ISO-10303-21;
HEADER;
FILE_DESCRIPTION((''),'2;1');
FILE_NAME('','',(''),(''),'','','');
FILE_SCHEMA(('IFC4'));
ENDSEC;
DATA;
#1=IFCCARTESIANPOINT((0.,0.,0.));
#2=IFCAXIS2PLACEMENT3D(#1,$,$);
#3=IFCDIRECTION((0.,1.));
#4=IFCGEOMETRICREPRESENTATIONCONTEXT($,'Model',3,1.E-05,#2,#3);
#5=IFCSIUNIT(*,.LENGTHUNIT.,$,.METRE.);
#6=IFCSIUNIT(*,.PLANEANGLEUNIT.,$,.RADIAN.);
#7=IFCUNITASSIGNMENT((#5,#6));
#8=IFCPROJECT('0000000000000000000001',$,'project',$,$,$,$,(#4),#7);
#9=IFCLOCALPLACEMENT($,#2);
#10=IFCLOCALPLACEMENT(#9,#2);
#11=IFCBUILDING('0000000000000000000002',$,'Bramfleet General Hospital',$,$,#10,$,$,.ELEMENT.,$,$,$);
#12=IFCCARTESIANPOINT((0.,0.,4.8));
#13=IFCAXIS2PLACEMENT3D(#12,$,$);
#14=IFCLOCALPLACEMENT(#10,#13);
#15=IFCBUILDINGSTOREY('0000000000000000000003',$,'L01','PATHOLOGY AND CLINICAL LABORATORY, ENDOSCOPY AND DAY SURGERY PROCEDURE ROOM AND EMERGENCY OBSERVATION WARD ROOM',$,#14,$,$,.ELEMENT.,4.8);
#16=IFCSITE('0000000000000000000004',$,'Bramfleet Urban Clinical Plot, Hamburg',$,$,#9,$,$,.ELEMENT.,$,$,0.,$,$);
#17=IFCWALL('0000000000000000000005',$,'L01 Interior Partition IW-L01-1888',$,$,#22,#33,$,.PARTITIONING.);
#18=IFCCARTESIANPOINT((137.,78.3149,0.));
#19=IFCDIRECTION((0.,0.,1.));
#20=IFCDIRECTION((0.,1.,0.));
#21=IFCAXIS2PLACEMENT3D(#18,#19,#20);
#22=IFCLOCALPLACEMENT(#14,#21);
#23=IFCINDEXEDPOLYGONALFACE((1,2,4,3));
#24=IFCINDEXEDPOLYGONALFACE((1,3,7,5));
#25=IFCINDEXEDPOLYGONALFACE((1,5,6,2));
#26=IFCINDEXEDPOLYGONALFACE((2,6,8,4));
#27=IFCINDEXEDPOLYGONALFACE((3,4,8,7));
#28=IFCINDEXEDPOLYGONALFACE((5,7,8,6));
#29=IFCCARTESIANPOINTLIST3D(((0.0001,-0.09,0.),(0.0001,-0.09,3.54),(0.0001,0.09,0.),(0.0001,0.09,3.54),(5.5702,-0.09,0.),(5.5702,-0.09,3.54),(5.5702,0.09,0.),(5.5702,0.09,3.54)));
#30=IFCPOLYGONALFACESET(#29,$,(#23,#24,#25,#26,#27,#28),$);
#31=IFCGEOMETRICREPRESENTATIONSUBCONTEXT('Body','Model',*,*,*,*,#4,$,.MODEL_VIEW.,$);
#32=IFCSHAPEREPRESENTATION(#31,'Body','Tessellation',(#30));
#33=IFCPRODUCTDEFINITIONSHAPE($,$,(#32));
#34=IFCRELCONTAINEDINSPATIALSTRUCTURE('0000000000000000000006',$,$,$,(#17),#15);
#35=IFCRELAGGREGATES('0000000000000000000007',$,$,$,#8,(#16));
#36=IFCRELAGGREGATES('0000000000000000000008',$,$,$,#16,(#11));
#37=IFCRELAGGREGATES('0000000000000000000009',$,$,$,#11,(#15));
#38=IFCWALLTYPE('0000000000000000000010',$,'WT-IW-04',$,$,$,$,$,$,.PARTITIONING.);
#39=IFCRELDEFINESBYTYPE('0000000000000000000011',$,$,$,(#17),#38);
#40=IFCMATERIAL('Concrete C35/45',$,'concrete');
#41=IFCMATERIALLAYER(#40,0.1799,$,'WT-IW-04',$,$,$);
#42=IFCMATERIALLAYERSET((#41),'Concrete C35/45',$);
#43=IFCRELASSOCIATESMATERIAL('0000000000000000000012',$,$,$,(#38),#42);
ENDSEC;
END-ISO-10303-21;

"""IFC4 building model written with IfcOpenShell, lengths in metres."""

from ifc_helpers import new_model, si_unit, direction, frame, frame_2d, origin, place, context, subcontext, project, spatial, rectangle, extrude, material, layer, layer_set, type_object, element, save


model = new_model("IFC4")

# Units and contexts
model_context = context("Model", 3, precision=1e-05, world=origin(), true_north=direction((0.0, 1.0)))
body_context = subcontext(model_context, "Body", "Model", "MODEL_VIEW")
ifc_project = project(units=[si_unit("LENGTHUNIT", "METRE"), si_unit("PLANEANGLEUNIT", "RADIAN")], contexts=[model_context])

# Site, building, storey
site_placement = place(None, origin())
site = spatial("IfcSite", under=ifc_project, at=site_placement, Name="Bramfleet Urban Clinical Plot, Hamburg", CompositionType="ELEMENT", RefElevation=0.0)
building_placement = place(site_placement, origin())
building = spatial("IfcBuilding", under=site, at=building_placement, Name="Bramfleet General Hospital", CompositionType="ELEMENT")
storey_placement = place(building_placement, frame((0.0, 0.0, 4.8)))
storey = spatial("IfcBuildingStorey", under=building, at=storey_placement, Name="L01", Description="PATHOLOGY AND CLINICAL LABORATORY, ENDOSCOPY AND DAY SURGERY PROCEDURE ROOM AND EMERGENCY OBSERVATION WARD ROOM", CompositionType="ELEMENT", Elevation=4.8)

# Shared definitions
ifc_material_1 = material(Name="Concrete C35/45", Category="concrete")

# Wall
ifc_layer_1 = layer(ifc_material_1, 0.1799, Name="WT-IW-04")
ifc_layer_set_1 = layer_set([ifc_layer_1], Name="Concrete C35/45")
wall_type_1 = type_object("IfcWallType", Name="WT-IW-04", PredefinedType="PARTITIONING", material=ifc_layer_set_1)
wall_1_placement = place(storey_placement, frame((137.0, 78.3149, 0.0), z_axis=(0.0, 0.0, 1.0), x_axis=(0.0, 1.0, 0.0)))
element("IfcWall", 1, at=wall_1_placement, inside=storey, type_object=wall_type_1, Name="L01 Interior Partition IW-L01-1888", PredefinedType="PARTITIONING", context=body_context, shape_type="SweptSolid", body=[
    extrude(rectangle(XDim=5.5701, YDim=0.1799, at=frame_2d((2.7852, 0.0))), origin(), (0.0, 0.0, 1.0), 3.54),
])

save(model, "model.ifc")
